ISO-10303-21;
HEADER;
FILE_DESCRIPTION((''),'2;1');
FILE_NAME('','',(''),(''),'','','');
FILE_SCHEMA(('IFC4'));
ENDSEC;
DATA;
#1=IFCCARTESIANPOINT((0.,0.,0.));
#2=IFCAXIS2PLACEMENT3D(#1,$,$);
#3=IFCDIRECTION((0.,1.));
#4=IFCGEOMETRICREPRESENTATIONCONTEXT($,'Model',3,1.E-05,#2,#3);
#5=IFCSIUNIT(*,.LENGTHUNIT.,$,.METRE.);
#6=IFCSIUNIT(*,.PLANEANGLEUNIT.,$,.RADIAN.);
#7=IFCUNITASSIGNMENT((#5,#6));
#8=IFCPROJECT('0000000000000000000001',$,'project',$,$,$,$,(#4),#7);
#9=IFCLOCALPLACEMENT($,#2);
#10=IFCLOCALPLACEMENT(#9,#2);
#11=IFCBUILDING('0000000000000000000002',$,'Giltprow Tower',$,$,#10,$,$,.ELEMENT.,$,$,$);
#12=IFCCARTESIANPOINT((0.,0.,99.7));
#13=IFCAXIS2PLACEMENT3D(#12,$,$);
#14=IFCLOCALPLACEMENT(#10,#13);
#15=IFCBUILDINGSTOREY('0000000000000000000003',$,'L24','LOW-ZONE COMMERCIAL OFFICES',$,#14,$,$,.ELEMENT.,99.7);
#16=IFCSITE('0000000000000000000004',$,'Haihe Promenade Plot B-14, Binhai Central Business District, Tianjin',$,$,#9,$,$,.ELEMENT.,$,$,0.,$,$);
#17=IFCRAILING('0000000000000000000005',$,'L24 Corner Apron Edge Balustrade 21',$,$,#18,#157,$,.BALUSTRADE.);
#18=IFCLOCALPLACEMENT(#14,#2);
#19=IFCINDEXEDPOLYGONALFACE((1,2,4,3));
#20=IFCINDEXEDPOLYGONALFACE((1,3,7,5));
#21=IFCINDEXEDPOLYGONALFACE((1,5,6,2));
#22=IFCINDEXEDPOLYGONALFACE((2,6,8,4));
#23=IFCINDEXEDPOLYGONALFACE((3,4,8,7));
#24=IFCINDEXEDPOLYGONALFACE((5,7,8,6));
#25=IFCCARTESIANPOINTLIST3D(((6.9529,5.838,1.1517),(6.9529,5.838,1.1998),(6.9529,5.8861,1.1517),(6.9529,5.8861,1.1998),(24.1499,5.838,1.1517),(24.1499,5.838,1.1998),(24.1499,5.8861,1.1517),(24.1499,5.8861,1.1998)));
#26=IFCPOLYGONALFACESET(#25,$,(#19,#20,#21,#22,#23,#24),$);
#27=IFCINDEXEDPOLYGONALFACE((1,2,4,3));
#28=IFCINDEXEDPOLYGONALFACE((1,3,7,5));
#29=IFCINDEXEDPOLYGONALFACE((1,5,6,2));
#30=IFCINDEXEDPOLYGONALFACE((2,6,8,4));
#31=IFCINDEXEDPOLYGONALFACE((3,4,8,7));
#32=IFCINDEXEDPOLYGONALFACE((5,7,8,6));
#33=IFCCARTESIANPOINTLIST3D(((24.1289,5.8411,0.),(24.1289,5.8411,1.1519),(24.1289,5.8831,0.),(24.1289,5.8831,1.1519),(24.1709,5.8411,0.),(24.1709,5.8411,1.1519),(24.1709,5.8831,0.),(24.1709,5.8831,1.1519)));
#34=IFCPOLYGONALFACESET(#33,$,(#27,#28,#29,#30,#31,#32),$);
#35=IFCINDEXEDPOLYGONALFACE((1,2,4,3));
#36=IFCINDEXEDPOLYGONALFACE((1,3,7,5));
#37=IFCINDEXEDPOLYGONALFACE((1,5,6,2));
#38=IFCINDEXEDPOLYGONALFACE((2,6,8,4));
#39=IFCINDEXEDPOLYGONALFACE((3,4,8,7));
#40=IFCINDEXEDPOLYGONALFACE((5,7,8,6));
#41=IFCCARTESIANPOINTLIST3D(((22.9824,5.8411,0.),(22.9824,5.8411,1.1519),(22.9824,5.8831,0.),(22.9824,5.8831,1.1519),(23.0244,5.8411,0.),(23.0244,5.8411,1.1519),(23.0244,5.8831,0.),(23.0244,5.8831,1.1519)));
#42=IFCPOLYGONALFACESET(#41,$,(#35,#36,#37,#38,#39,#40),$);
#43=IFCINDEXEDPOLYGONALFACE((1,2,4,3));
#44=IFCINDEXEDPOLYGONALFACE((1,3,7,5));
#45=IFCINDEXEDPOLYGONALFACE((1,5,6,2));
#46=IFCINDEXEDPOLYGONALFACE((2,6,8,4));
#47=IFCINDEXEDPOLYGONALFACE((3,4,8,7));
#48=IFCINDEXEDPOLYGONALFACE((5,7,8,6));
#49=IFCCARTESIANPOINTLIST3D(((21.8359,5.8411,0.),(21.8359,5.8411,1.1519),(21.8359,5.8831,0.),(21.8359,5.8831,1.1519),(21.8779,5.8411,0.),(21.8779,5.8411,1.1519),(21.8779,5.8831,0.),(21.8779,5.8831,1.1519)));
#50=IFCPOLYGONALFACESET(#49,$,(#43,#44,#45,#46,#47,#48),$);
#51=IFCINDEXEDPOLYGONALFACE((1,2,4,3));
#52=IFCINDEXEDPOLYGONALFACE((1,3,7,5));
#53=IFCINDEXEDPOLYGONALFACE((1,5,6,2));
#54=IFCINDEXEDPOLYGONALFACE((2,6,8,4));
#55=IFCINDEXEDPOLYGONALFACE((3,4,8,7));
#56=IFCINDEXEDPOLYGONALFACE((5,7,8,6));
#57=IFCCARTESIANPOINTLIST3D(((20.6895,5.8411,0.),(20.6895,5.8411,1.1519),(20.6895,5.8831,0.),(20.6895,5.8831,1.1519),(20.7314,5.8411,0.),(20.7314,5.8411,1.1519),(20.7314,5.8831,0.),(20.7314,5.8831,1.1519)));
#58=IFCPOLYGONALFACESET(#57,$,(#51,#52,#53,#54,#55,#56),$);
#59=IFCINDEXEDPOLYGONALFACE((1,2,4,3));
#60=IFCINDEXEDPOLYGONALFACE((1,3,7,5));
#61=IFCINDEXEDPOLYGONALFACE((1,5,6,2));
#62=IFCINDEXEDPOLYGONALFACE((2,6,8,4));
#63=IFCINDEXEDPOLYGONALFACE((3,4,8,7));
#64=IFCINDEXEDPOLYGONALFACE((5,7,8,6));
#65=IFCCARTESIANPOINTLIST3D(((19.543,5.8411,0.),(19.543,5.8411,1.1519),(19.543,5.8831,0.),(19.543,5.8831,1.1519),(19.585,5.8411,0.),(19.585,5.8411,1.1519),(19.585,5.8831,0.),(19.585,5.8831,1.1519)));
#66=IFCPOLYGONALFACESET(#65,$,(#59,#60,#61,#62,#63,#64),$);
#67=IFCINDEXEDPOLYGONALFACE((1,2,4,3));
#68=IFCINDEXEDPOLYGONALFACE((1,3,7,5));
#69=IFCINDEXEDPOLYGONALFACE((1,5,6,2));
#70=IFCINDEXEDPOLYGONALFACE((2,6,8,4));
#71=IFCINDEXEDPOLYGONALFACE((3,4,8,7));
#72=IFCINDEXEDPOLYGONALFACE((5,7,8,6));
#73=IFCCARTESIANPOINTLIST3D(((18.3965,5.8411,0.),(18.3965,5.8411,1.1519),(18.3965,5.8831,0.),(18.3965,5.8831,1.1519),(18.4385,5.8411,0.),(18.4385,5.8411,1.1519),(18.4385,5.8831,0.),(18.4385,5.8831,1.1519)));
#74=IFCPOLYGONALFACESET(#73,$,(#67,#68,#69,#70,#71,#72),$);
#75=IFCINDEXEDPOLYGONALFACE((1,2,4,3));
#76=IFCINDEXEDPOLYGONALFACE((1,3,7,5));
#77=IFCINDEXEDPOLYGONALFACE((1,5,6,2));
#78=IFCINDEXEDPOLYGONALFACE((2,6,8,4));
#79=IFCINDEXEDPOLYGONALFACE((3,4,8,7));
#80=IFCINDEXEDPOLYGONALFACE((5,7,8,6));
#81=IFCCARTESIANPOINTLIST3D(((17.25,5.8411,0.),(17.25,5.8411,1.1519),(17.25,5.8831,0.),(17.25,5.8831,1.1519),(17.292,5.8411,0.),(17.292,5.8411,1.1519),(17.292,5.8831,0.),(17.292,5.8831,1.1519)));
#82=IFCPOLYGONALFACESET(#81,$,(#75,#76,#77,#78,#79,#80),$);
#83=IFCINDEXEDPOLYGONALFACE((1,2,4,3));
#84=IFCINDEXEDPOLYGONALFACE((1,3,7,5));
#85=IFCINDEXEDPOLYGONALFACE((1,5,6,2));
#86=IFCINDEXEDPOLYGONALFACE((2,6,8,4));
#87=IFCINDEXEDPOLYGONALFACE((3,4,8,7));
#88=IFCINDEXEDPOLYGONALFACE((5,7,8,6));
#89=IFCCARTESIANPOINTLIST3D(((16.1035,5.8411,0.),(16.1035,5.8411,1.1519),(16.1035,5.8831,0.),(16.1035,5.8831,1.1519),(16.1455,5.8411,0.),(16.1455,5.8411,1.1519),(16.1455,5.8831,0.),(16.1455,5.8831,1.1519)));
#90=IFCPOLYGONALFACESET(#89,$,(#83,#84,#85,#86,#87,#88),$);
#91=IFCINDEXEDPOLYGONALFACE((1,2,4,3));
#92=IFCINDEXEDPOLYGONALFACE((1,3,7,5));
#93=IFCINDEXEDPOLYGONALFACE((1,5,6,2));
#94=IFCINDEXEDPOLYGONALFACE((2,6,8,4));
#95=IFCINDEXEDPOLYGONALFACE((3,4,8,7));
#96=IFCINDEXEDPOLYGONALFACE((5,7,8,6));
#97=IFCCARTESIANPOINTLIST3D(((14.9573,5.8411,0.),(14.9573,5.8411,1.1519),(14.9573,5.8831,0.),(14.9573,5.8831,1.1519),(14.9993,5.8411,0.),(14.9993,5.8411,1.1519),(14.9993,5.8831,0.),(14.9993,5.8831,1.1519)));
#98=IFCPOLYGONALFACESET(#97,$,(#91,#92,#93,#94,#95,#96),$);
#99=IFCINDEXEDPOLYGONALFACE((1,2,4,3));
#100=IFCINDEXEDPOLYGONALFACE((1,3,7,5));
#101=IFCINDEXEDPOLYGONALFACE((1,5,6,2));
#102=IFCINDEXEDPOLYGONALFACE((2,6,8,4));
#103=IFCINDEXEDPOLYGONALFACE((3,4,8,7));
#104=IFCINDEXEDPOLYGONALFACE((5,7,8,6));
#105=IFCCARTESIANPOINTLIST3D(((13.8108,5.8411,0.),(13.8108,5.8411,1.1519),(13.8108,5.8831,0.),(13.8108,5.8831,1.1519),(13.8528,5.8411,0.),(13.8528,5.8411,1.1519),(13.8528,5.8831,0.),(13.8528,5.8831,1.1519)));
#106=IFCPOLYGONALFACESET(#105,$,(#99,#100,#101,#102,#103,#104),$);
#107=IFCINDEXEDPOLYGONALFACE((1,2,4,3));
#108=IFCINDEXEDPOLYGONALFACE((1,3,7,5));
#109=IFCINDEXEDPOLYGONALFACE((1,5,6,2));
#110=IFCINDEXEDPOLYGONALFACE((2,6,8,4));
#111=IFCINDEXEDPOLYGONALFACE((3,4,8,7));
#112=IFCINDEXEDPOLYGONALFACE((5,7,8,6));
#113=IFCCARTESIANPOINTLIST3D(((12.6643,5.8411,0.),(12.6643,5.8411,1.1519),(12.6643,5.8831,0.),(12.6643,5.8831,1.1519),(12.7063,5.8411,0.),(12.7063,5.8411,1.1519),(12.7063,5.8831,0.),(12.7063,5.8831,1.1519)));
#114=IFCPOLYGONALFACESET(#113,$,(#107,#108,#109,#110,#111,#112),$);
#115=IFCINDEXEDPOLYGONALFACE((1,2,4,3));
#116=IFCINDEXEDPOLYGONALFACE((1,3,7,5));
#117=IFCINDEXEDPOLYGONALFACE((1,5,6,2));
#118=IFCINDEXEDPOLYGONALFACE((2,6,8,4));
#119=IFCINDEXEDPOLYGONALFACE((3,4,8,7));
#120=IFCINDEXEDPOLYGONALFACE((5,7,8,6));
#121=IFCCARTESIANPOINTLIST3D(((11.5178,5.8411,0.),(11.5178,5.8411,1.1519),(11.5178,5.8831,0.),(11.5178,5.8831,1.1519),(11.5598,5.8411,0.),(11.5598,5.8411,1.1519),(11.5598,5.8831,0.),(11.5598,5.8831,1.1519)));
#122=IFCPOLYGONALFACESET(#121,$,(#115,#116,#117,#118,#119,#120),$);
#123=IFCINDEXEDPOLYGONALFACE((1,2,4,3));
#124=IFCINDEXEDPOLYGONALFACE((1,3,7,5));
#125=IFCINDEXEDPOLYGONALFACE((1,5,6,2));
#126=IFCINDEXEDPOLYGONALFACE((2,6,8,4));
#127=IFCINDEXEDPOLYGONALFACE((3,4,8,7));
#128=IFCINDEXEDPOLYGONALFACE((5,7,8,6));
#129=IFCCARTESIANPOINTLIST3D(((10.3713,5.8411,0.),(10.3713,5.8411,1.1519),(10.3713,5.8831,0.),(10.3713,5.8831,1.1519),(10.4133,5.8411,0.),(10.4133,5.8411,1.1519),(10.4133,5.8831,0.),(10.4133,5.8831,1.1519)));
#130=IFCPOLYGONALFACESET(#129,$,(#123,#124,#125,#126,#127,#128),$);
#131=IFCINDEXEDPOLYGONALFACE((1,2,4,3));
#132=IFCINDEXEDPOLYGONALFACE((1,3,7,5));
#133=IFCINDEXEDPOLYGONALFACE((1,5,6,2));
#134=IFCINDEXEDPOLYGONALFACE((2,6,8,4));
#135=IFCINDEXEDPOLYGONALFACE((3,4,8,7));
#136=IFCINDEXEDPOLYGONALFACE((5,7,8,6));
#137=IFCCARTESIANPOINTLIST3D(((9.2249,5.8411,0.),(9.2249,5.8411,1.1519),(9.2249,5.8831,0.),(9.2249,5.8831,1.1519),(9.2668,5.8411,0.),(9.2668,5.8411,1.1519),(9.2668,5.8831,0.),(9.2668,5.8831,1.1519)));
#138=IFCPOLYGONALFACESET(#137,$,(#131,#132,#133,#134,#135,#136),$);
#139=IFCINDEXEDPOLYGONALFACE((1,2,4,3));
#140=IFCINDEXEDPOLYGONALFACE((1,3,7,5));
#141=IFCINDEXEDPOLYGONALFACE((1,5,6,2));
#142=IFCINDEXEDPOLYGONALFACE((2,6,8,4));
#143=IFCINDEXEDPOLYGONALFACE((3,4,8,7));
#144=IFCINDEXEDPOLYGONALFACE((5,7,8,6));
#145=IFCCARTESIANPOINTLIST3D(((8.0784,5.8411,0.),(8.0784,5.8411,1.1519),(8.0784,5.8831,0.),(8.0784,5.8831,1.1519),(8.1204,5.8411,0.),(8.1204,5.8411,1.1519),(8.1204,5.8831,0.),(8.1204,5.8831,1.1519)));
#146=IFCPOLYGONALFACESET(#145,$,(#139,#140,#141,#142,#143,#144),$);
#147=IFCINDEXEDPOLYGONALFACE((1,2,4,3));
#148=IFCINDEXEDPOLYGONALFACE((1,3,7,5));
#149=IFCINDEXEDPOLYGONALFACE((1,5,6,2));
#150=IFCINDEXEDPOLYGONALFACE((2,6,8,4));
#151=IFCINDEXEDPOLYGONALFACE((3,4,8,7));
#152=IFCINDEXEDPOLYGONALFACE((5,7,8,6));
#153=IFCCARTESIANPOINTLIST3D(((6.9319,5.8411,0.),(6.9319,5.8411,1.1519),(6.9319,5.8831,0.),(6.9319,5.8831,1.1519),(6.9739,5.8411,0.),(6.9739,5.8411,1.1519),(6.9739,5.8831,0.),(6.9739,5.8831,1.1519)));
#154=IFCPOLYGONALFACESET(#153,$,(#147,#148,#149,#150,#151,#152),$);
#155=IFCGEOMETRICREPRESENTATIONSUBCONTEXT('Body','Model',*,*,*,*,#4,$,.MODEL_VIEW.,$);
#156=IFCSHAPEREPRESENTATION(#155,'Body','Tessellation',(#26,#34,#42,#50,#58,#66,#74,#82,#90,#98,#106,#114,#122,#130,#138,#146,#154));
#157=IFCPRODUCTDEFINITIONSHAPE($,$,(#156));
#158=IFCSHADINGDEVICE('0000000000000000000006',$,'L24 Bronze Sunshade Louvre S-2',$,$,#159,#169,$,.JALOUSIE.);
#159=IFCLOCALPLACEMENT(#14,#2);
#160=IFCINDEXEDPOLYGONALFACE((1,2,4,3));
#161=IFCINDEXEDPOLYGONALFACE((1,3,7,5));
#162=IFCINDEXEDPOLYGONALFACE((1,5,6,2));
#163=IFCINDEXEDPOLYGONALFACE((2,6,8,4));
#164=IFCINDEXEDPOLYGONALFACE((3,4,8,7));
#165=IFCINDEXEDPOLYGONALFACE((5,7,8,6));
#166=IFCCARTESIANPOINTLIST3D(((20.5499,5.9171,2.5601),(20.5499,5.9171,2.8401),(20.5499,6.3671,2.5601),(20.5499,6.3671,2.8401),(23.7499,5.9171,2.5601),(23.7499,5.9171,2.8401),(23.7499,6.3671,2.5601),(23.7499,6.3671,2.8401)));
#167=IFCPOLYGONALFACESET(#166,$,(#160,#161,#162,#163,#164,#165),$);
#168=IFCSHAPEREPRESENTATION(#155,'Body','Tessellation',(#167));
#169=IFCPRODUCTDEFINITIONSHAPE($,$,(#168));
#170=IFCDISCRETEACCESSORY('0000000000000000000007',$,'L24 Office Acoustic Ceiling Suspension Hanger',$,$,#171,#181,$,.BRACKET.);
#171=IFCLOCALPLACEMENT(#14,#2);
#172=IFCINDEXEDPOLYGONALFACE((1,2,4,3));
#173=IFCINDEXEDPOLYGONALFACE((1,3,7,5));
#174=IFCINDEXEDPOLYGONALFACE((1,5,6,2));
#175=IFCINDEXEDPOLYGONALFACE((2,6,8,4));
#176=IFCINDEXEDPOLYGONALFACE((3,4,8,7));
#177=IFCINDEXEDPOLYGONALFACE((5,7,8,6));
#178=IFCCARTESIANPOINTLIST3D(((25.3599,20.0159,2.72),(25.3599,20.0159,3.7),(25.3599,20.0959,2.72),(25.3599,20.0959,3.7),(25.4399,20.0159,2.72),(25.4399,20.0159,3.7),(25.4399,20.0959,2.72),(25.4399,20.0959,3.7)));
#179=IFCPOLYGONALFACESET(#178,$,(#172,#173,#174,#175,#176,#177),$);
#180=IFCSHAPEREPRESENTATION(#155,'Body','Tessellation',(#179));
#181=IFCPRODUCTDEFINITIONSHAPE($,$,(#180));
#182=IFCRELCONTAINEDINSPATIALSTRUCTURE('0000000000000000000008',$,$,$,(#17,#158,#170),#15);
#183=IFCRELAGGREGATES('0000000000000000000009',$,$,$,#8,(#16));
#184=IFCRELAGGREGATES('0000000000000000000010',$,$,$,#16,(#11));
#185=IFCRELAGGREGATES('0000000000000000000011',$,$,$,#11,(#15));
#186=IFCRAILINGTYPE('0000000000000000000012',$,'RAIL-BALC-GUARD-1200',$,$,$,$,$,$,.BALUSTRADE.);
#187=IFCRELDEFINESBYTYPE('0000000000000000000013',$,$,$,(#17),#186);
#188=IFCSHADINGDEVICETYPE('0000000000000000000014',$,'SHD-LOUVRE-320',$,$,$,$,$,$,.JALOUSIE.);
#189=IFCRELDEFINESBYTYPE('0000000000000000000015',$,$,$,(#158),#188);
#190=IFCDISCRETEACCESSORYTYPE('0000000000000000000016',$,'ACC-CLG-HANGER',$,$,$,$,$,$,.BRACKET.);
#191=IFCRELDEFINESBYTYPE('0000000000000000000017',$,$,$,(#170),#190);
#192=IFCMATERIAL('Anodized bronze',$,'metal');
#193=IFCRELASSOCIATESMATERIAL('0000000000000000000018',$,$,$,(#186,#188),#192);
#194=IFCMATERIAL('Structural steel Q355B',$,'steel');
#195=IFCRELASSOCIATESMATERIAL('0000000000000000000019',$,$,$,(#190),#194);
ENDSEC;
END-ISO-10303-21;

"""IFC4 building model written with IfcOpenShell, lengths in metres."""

from ifc_helpers import new_model, si_unit, direction, frame, origin, origin_2d, place, context, subcontext, project, spatial, rectangle, extrude, source, transform, mapped, material, type_object, element, save


model = new_model("IFC4")

# Units and contexts
model_context = context("Model", 3, precision=1e-05, world=origin(), true_north=direction((0.0, 1.0)))
body_context = subcontext(model_context, "Body", "Model", "MODEL_VIEW")
ifc_project = project(units=[si_unit("LENGTHUNIT", "METRE"), si_unit("PLANEANGLEUNIT", "RADIAN")], contexts=[model_context])

# Site, building, storey
site_placement = place(None, origin())
site = spatial("IfcSite", under=ifc_project, at=site_placement, Name="Haihe Promenade Plot B-14, Binhai Central Business District, Tianjin", CompositionType="ELEMENT", RefElevation=0.0)
building_placement = place(site_placement, origin())
building = spatial("IfcBuilding", under=site, at=building_placement, Name="Giltprow Tower", CompositionType="ELEMENT")
storey_placement = place(building_placement, frame((0.0, 0.0, 99.7)))
storey = spatial("IfcBuildingStorey", under=building, at=storey_placement, Name="L24", Description="LOW-ZONE COMMERCIAL OFFICES", CompositionType="ELEMENT", Elevation=99.7)

# Shared definitions
ifc_material_1 = material(Name="Structural steel Q355B", Category="steel")

# Shared definitions
ifc_material_2 = material(Name="Anodized bronze", Category="metal")

# Railing
railing_type = type_object("IfcRailingType", Name="RAIL-BALC-GUARD-1200", PredefinedType="BALUSTRADE", material=ifc_material_2)
railing_1_placement = place(storey_placement, frame((24.1499, 5.8621, 0.0)))
element("IfcRailing", 1, at=railing_1_placement, inside=storey, type_object=railing_type, Name="L24 Corner Apron Edge Balustrade 21", PredefinedType="BALUSTRADE", context=body_context, shape_type="SweptSolid", body=[
    extrude(rectangle(XDim=0.0481, YDim=0.0481, at=origin_2d()), frame((0.0, 0.0, 1.1758), z_axis=(-1.0, 0.0, 0.0), x_axis=(0.0, -1.0, 0.0)), (0.0, 0.0, 1.0), 17.197),
    extrude(rectangle(XDim=0.042, YDim=0.042, at=origin_2d()), origin(), (0.0, 0.0, 1.0), 1.1519),
    extrude(rectangle(XDim=0.042, YDim=0.042, at=origin_2d()), frame((-1.1465, 0.0, 0.0)), (0.0, 0.0, 1.0), 1.1519),
    extrude(rectangle(XDim=0.042, YDim=0.042, at=origin_2d()), frame((-2.293, 0.0, 0.0)), (0.0, 0.0, 1.0), 1.1519),
    extrude(rectangle(XDim=0.042, YDim=0.042, at=origin_2d()), frame((-3.4395, 0.0, 0.0)), (0.0, 0.0, 1.0), 1.1519),
    extrude(rectangle(XDim=0.042, YDim=0.042, at=origin_2d()), frame((-4.5859, 0.0, 0.0)), (0.0, 0.0, 1.0), 1.1519),
    extrude(rectangle(XDim=0.042, YDim=0.042, at=origin_2d()), frame((-5.7324, 0.0, 0.0)), (0.0, 0.0, 1.0), 1.1519),
    extrude(rectangle(XDim=0.042, YDim=0.042, at=origin_2d()), frame((-6.8789, 0.0, 0.0)), (0.0, 0.0, 1.0), 1.1519),
    extrude(rectangle(XDim=0.042, YDim=0.042, at=origin_2d()), frame((-8.0254, 0.0, 0.0)), (0.0, 0.0, 1.0), 1.1519),
    extrude(rectangle(XDim=0.042, YDim=0.042, at=origin_2d()), frame((-9.1716, 0.0, 0.0)), (0.0, 0.0, 1.0), 1.1519),
    extrude(rectangle(XDim=0.042, YDim=0.042, at=origin_2d()), frame((-10.3181, 0.0, 0.0)), (0.0, 0.0, 1.0), 1.1519),
    extrude(rectangle(XDim=0.042, YDim=0.042, at=origin_2d()), frame((-11.4646, 0.0, 0.0)), (0.0, 0.0, 1.0), 1.1519),
    extrude(rectangle(XDim=0.042, YDim=0.042, at=origin_2d()), frame((-12.6111, 0.0, 0.0)), (0.0, 0.0, 1.0), 1.1519),
    extrude(rectangle(XDim=0.042, YDim=0.042, at=origin_2d()), frame((-13.7576, 0.0, 0.0)), (0.0, 0.0, 1.0), 1.1519),
    extrude(rectangle(XDim=0.042, YDim=0.042, at=origin_2d()), frame((-14.9041, 0.0, 0.0)), (0.0, 0.0, 1.0), 1.1519),
    extrude(rectangle(XDim=0.042, YDim=0.042, at=origin_2d()), frame((-16.0505, 0.0, 0.0)), (0.0, 0.0, 1.0), 1.1519),
    extrude(rectangle(XDim=0.042, YDim=0.042, at=origin_2d()), frame((-17.197, 0.0, 0.0)), (0.0, 0.0, 1.0), 1.1519),
])

# Shading device
shading_device_type = type_object("IfcShadingDeviceType", Name="SHD-LOUVRE-320", PredefinedType="JALOUSIE", material=ifc_material_2)
shared_shape_1 = source(origin(), body_context, "Body", "SweptSolid", [
    extrude(rectangle(XDim=3.2, YDim=0.45, at=origin_2d()), origin(), (0.0, 0.0, 1.0), 0.28),
])
shading_device_placement = place(storey_placement, frame((22.1499, 6.1421, 2.5601), z_axis=(0.0, 0.0, 1.0), x_axis=(1.0, 0.0, 0.0)))
element("IfcShadingDevice", 2, at=shading_device_placement, inside=storey, type_object=shading_device_type, Name="L24 Bronze Sunshade Louvre S-2", PredefinedType="JALOUSIE", context=body_context, shape_type="MappedRepresentation", body=[
    mapped(shared_shape_1, transform((0.0, 0.0, 0.0), x_axis=(1.0, 0.0, 0.0), y_axis=(0.0, 1.0, 0.0), z_axis=(0.0, 0.0, 1.0), scale=1.0)),
])

# Discrete accessory
discrete_accessory_type = type_object("IfcDiscreteAccessoryType", Name="ACC-CLG-HANGER", PredefinedType="BRACKET", material=ifc_material_1)
shared_shape_2 = source(origin(), body_context, "Body", "SweptSolid", [
    extrude(rectangle(XDim=0.0801, YDim=0.0801, at=origin_2d()), origin(), (0.0, 0.0, 1.0), 0.98),
])
discrete_accessory_placement = place(storey_placement, frame((25.3999, 20.0559, 2.72), z_axis=(0.0, 0.0, 1.0), x_axis=(1.0, 0.0, 0.0)))
element("IfcDiscreteAccessory", 3, at=discrete_accessory_placement, inside=storey, type_object=discrete_accessory_type, Name="L24 Office Acoustic Ceiling Suspension Hanger", PredefinedType="BRACKET", context=body_context, shape_type="MappedRepresentation", body=[
    mapped(shared_shape_2, transform((0.0, 0.0, 0.0), x_axis=(1.0, 0.0, 0.0), y_axis=(0.0, 1.0, 0.0), z_axis=(0.0, 0.0, 1.0), scale=1.0)),
])

save(model, "model.ifc")
